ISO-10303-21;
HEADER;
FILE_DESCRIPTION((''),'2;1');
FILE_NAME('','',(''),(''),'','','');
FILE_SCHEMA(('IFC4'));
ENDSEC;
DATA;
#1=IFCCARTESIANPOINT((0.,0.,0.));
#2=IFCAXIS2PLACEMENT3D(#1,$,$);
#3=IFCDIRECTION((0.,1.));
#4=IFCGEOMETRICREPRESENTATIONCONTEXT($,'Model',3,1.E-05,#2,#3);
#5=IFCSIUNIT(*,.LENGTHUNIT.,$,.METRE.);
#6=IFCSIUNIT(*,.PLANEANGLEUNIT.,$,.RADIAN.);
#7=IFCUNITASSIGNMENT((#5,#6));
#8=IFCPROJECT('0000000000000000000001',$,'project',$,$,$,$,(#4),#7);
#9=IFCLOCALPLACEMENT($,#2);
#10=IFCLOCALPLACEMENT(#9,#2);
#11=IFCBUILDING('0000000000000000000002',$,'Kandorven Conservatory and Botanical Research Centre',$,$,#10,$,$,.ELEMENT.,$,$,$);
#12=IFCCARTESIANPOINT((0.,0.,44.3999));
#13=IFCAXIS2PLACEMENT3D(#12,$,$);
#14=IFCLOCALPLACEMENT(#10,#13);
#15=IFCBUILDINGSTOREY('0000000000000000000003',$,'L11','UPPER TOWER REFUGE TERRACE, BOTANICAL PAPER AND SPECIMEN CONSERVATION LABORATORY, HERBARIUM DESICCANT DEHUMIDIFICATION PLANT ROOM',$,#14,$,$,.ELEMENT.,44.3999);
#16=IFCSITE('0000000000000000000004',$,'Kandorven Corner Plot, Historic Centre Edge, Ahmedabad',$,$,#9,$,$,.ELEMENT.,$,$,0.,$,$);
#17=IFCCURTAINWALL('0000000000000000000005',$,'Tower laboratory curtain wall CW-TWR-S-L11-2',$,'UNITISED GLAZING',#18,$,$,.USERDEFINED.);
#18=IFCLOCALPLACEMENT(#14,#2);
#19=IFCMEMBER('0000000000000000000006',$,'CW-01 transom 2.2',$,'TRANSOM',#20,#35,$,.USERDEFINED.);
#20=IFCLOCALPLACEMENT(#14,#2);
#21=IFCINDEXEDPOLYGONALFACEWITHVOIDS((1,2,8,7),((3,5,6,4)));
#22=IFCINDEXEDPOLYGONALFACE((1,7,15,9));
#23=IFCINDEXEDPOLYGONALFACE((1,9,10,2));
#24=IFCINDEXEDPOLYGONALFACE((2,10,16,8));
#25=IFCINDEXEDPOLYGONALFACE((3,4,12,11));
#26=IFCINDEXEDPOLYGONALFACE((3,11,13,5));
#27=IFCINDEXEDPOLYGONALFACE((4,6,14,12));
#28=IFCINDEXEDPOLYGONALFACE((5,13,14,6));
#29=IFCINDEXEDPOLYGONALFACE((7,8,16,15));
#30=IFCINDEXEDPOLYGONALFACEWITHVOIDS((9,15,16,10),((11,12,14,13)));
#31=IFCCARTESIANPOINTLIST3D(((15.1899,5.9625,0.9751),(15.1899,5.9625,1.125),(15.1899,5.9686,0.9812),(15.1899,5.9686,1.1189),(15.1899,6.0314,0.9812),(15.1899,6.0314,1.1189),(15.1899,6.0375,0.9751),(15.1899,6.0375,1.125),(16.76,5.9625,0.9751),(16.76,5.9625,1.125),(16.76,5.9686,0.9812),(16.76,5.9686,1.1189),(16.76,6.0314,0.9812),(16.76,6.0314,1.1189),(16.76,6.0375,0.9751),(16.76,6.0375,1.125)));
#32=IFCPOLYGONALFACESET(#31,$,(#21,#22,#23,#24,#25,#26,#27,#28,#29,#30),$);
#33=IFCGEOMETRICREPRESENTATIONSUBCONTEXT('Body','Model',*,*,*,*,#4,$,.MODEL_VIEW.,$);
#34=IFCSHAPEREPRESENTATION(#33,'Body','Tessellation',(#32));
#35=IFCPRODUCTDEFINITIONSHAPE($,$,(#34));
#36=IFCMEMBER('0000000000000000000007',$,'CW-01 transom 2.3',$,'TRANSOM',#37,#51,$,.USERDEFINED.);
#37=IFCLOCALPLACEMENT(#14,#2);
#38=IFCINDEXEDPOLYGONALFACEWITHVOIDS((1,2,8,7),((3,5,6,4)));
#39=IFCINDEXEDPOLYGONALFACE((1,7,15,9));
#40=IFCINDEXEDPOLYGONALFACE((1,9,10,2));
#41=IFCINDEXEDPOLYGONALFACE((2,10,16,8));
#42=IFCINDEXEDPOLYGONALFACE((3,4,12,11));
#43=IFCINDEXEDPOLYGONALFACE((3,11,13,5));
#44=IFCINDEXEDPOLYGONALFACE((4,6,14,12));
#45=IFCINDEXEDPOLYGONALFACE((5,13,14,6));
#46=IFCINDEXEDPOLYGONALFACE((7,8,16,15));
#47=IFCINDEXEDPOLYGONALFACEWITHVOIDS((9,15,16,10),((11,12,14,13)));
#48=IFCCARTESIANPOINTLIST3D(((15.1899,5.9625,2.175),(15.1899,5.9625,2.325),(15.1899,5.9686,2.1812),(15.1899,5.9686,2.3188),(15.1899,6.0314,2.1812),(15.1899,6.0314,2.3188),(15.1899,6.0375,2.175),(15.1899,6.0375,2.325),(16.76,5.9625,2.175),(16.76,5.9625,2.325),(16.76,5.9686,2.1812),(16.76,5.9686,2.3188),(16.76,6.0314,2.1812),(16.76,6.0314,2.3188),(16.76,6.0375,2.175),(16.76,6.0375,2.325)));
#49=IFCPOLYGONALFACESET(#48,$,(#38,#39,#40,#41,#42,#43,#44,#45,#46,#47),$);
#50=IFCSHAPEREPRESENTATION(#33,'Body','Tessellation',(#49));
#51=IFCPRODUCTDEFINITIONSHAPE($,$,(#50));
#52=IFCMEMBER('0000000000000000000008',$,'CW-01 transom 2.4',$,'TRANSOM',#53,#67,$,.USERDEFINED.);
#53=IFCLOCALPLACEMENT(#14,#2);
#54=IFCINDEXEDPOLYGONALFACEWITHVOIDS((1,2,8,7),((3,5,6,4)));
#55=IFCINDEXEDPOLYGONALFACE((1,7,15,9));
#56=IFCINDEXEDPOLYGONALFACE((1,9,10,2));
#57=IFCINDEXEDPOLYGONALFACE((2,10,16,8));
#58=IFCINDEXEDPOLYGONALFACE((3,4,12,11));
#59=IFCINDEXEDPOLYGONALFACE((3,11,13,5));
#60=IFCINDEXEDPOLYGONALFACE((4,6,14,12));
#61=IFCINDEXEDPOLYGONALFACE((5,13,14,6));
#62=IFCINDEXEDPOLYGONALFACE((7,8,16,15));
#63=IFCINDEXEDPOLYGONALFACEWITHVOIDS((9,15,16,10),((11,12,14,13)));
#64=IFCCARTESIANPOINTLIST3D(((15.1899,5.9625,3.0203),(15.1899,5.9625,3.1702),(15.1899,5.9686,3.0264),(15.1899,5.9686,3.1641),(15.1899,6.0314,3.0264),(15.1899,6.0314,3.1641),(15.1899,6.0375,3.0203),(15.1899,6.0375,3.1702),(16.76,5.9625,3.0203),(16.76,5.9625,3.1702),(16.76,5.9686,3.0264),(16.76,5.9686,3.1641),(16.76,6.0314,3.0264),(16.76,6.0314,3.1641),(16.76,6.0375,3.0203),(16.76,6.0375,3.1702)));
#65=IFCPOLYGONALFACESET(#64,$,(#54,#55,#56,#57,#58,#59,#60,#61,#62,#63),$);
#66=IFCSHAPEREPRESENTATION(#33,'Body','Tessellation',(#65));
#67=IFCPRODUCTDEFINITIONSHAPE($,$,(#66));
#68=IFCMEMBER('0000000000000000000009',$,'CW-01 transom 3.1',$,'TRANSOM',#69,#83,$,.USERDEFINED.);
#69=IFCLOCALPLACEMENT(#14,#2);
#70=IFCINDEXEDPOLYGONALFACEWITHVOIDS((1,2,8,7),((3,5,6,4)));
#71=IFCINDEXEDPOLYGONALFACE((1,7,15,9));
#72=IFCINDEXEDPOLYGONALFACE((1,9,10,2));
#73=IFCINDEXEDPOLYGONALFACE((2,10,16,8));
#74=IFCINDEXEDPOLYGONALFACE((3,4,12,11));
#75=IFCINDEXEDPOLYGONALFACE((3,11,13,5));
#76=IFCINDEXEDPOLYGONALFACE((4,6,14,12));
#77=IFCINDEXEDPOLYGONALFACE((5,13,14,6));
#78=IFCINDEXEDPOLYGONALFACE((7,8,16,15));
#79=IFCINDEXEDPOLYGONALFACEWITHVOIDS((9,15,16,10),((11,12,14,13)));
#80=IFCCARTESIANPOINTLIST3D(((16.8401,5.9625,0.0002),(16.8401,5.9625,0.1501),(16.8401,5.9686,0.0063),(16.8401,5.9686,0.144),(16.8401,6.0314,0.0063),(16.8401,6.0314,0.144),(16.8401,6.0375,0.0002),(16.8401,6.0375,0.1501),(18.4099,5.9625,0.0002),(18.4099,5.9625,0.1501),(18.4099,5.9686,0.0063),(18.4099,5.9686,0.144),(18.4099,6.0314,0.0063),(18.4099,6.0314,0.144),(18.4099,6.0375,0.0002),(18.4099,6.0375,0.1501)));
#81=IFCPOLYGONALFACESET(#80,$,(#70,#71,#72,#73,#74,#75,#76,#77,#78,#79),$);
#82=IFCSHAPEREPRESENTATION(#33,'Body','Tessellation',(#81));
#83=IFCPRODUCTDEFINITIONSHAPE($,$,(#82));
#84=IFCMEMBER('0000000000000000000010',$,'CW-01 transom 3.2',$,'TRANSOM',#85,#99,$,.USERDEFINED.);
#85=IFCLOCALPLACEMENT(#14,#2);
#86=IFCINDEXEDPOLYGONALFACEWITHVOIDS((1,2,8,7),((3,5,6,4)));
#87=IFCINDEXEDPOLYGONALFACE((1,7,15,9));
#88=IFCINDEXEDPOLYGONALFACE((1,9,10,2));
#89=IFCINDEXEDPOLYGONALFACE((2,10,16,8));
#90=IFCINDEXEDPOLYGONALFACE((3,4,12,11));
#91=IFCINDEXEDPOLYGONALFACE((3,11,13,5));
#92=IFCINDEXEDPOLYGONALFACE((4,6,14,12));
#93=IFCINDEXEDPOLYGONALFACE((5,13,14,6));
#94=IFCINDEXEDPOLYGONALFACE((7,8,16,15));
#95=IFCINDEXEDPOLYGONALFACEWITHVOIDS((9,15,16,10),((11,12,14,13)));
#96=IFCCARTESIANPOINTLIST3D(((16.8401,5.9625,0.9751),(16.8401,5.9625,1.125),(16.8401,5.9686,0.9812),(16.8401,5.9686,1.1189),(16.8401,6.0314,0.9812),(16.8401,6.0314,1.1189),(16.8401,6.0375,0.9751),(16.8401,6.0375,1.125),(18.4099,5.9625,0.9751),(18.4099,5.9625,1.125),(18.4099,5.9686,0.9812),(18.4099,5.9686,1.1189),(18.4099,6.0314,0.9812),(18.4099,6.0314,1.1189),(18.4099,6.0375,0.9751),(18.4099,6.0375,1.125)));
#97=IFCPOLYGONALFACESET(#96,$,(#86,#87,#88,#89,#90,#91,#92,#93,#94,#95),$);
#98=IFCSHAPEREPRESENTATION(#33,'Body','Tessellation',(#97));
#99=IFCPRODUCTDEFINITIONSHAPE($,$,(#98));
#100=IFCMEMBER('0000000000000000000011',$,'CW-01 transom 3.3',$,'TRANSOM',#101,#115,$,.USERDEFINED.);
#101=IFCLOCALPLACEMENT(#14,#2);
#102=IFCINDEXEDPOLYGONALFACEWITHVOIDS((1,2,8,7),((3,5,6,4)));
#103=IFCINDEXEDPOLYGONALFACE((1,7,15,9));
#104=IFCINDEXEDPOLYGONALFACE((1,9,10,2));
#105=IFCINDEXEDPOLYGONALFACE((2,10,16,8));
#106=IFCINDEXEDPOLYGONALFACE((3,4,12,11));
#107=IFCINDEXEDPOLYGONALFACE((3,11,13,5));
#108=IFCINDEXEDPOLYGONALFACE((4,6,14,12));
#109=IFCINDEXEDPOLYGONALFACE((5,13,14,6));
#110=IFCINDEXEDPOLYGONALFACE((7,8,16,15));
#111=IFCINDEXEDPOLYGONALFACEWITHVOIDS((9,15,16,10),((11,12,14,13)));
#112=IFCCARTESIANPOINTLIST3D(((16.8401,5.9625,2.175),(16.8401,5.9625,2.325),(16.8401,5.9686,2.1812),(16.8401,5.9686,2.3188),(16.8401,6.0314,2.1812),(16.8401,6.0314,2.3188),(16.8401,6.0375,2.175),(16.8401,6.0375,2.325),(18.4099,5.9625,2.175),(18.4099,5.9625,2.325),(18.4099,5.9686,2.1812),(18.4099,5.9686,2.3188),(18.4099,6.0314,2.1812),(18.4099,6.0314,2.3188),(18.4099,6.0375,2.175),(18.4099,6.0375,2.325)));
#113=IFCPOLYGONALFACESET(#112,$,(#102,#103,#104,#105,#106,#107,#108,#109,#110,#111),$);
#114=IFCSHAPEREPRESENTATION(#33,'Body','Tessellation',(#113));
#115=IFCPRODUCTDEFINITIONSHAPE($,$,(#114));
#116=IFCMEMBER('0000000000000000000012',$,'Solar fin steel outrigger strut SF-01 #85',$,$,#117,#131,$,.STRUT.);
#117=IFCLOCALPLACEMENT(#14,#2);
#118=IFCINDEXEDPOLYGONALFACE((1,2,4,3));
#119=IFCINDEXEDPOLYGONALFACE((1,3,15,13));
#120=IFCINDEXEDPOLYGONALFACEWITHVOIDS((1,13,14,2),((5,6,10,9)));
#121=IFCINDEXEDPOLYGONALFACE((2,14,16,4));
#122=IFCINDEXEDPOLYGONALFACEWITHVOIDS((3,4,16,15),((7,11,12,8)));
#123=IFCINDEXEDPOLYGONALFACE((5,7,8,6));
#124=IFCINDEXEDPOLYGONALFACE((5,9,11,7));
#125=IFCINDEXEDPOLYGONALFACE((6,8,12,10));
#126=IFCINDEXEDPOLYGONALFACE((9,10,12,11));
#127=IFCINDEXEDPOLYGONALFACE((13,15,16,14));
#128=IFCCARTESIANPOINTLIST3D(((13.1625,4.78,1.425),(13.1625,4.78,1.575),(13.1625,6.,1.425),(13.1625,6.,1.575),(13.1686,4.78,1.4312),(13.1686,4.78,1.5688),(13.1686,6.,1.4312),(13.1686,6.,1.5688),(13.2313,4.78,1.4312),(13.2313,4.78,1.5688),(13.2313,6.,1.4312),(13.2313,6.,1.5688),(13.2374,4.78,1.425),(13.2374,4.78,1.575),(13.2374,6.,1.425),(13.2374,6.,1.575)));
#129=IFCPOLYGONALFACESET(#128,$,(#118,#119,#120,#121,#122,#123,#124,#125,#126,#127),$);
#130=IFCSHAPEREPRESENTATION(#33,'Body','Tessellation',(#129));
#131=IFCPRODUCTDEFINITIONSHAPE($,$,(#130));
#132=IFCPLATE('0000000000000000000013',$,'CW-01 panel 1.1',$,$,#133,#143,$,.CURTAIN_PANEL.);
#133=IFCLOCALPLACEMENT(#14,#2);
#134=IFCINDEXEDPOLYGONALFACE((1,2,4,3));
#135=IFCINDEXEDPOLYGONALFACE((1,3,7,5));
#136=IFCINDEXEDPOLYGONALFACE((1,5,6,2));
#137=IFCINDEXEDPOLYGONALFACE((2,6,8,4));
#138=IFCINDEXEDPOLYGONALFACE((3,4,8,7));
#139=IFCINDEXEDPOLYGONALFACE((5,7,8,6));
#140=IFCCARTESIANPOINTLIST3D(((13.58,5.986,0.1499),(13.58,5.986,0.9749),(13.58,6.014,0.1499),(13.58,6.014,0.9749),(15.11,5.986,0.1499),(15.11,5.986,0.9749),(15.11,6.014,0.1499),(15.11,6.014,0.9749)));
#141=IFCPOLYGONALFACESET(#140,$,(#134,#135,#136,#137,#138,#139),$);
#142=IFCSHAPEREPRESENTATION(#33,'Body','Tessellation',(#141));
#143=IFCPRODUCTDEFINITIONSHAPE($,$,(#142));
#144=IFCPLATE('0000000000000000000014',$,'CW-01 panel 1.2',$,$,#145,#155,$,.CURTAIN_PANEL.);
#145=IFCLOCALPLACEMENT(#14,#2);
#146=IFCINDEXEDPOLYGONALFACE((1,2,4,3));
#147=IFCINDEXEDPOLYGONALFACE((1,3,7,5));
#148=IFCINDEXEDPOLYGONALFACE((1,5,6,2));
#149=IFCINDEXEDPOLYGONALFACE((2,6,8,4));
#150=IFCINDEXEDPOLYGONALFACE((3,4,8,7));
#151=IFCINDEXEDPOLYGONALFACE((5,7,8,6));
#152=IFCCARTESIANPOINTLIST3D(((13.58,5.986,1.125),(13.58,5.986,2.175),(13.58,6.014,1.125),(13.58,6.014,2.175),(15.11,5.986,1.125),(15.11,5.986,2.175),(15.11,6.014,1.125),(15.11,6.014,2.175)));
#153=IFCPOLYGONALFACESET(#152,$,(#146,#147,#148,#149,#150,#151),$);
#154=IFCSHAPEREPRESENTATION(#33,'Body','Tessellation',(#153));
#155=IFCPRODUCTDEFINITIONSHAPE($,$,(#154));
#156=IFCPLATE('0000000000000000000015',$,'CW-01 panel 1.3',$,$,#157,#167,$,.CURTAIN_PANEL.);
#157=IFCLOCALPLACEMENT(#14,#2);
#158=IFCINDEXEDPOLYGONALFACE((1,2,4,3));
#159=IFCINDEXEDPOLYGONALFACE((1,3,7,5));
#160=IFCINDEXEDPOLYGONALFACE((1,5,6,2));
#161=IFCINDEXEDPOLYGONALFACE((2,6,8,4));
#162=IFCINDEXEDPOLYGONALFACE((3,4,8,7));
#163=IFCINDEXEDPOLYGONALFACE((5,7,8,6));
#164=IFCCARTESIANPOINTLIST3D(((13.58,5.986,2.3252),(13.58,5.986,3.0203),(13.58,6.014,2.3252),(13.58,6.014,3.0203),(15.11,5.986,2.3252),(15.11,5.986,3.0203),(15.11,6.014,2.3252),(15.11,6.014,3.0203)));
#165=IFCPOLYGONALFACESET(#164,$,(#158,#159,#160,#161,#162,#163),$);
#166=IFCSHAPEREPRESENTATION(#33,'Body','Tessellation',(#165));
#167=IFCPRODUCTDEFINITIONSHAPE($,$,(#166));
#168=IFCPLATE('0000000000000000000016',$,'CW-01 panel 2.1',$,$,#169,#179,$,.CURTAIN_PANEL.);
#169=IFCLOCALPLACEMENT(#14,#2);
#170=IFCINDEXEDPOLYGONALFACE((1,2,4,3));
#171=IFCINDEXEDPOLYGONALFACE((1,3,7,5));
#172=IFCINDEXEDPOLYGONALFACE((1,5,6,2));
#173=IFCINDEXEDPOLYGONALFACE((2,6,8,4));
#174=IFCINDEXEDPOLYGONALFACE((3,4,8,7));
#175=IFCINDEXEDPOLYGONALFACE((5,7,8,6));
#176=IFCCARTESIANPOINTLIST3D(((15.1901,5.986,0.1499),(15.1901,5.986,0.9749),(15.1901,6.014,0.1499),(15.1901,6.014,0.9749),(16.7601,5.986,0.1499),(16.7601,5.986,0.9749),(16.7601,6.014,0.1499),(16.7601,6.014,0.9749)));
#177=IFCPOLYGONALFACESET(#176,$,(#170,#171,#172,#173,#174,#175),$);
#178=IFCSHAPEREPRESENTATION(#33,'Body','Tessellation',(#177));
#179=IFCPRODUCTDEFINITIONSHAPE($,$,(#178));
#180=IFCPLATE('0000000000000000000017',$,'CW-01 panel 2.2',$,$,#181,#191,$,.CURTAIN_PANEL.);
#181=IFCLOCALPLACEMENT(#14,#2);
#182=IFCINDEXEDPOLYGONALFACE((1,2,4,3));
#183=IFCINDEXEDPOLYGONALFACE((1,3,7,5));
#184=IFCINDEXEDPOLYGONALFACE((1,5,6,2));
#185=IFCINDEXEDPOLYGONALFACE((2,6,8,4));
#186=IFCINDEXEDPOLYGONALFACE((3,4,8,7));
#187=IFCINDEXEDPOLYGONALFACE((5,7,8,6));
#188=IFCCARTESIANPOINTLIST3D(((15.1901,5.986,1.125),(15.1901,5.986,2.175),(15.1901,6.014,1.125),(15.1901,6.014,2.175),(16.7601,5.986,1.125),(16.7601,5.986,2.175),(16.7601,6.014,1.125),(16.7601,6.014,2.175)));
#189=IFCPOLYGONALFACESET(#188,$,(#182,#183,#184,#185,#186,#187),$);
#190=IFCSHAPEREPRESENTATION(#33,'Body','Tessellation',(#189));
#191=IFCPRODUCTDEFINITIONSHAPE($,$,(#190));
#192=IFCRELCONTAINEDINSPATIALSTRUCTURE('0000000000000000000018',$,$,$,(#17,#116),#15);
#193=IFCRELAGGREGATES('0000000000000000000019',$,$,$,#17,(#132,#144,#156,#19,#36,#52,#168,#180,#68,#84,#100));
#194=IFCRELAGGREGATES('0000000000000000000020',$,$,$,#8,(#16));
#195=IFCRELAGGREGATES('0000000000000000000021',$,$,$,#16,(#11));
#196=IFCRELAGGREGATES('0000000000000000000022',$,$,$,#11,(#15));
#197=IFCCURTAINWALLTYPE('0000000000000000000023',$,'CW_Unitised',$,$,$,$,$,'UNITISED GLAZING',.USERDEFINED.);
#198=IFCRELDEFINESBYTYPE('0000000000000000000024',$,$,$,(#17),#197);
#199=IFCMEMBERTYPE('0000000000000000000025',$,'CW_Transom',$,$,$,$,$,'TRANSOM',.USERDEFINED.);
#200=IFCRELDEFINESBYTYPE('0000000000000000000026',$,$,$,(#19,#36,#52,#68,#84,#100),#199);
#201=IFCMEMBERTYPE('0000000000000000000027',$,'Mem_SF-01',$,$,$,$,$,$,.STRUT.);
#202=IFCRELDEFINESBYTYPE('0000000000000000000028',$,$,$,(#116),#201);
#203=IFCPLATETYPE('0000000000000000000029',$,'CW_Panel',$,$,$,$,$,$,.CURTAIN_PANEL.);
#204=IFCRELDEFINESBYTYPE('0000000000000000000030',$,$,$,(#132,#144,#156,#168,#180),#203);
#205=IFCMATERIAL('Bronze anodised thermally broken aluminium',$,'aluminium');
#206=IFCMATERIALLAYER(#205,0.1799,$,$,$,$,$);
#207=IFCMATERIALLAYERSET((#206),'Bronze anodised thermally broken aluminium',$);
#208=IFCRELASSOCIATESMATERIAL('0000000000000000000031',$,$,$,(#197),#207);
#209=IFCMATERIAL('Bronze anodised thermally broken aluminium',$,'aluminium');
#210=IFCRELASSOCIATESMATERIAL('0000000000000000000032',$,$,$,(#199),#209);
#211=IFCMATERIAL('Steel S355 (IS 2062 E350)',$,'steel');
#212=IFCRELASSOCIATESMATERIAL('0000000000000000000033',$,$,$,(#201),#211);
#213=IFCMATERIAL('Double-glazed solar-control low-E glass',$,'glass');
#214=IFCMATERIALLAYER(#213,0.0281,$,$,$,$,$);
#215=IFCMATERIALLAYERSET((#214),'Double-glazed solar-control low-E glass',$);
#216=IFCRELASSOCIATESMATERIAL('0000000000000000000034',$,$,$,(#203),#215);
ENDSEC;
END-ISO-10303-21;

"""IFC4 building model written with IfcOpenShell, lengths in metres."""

from ifc_helpers import new_model, si_unit, direction, frame, origin, origin_2d, place, context, subcontext, project, spatial, rectangle, hollow_rectangle, extrude, material, layer, layer_set, material_profile, profile_set, type_object, element, aggregate, save


model = new_model("IFC4")

# Units and contexts
model_context = context("Model", 3, precision=1e-05, world=origin(), true_north=direction((0.0, 1.0)))
body_context = subcontext(model_context, "Body", "Model", "MODEL_VIEW")
ifc_project = project(units=[si_unit("LENGTHUNIT", "METRE"), si_unit("PLANEANGLEUNIT", "RADIAN")], contexts=[model_context])

# Site, building, storey
site_placement = place(None, origin())
site = spatial("IfcSite", under=ifc_project, at=site_placement, Name="Kandorven Corner Plot, Historic Centre Edge, Ahmedabad", CompositionType="ELEMENT", RefElevation=0.0)
building_placement = place(site_placement, origin())
building = spatial("IfcBuilding", under=site, at=building_placement, Name="Kandorven Conservatory and Botanical Research Centre", CompositionType="ELEMENT")
storey_placement = place(building_placement, frame((0.0, 0.0, 44.3999)))
storey = spatial("IfcBuildingStorey", under=building, at=storey_placement, Name="L11", Description="UPPER TOWER REFUGE TERRACE, BOTANICAL PAPER AND SPECIMEN CONSERVATION LABORATORY, HERBARIUM DESICCANT DEHUMIDIFICATION PLANT ROOM", CompositionType="ELEMENT", Elevation=44.3999)

# Curtain wall, members
ifc_material_1 = material(Name="Bronze anodised thermally broken aluminium", Category="aluminium")
ifc_layer_1 = layer(ifc_material_1, 0.1799)
ifc_layer_set_1 = layer_set([ifc_layer_1], Name="Bronze anodised thermally broken aluminium")
curtain_wall_type = type_object("IfcCurtainWallType", Name="CW_Unitised", ElementType="UNITISED GLAZING", PredefinedType="USERDEFINED", material=ifc_layer_set_1)
curtain_wall_placement = place(storey_placement, origin())
curtain_wall = element("IfcCurtainWall", 1, at=curtain_wall_placement, inside=storey, type_object=curtain_wall_type, Name="Tower laboratory curtain wall CW-TWR-S-L11-2", ObjectType="UNITISED GLAZING", PredefinedType="USERDEFINED")
ifc_material_2 = material(Name="Bronze anodised thermally broken aluminium", Category="aluminium")
ifc_material_profile_1 = material_profile(ifc_material_2, hollow_rectangle(XDim=0.075, YDim=0.1499, WallThickness=0.0061, at=origin_2d()))
ifc_profile_set_1 = profile_set([ifc_material_profile_1], Name="Bronze anodised thermally broken aluminium")
member_type_1 = type_object("IfcMemberType", Name="CW_Transom", ElementType="TRANSOM", PredefinedType="USERDEFINED", material=ifc_profile_set_1)
member_1_placement = place(storey_placement, frame((15.1899, 6.0, 1.05), z_axis=(1.0, 0.0, 0.0), x_axis=(0.0, 1.0, 0.0)))
member_1 = element("IfcMember", 2, at=member_1_placement, type_object=member_type_1, Name="CW-01 transom 2.2", ObjectType="TRANSOM", PredefinedType="USERDEFINED", context=body_context, shape_type="SweptSolid", body=[
    extrude(hollow_rectangle(XDim=0.075, YDim=0.1499, WallThickness=0.0061, at=origin_2d()), origin(), (0.0, 0.0, 1.0), 1.5701),
])
member_2_placement = place(storey_placement, frame((15.1899, 6.0, 2.25), z_axis=(1.0, 0.0, 0.0), x_axis=(0.0, 1.0, 0.0)))
member_2 = element("IfcMember", 3, at=member_2_placement, type_object=member_type_1, Name="CW-01 transom 2.3", ObjectType="TRANSOM", PredefinedType="USERDEFINED", context=body_context, shape_type="SweptSolid", body=[
    extrude(hollow_rectangle(XDim=0.075, YDim=0.1499, WallThickness=0.0061, at=origin_2d()), origin(), (0.0, 0.0, 1.0), 1.5701),
])
member_3_placement = place(storey_placement, frame((15.1899, 6.0, 3.0952), z_axis=(1.0, 0.0, 0.0), x_axis=(0.0, 1.0, 0.0)))
member_3 = element("IfcMember", 4, at=member_3_placement, type_object=member_type_1, Name="CW-01 transom 2.4", ObjectType="TRANSOM", PredefinedType="USERDEFINED", context=body_context, shape_type="SweptSolid", body=[
    extrude(hollow_rectangle(XDim=0.075, YDim=0.1499, WallThickness=0.0061, at=origin_2d()), origin(), (0.0, 0.0, 1.0), 1.5701),
])
member_4_placement = place(storey_placement, frame((16.8401, 6.0, 0.0752), z_axis=(1.0, 0.0, 0.0), x_axis=(0.0, 1.0, 0.0)))
member_4 = element("IfcMember", 5, at=member_4_placement, type_object=member_type_1, Name="CW-01 transom 3.1", ObjectType="TRANSOM", PredefinedType="USERDEFINED", context=body_context, shape_type="SweptSolid", body=[
    extrude(hollow_rectangle(XDim=0.075, YDim=0.1499, WallThickness=0.0061, at=origin_2d()), origin(), (0.0, 0.0, 1.0), 1.5698),
])
member_5_placement = place(storey_placement, frame((16.8401, 6.0, 1.05), z_axis=(1.0, 0.0, 0.0), x_axis=(0.0, 1.0, 0.0)))
member_5 = element("IfcMember", 6, at=member_5_placement, type_object=member_type_1, Name="CW-01 transom 3.2", ObjectType="TRANSOM", PredefinedType="USERDEFINED", context=body_context, shape_type="SweptSolid", body=[
    extrude(hollow_rectangle(XDim=0.075, YDim=0.1499, WallThickness=0.0061, at=origin_2d()), origin(), (0.0, 0.0, 1.0), 1.5698),
])
member_6_placement = place(storey_placement, frame((16.8401, 6.0, 2.25), z_axis=(1.0, 0.0, 0.0), x_axis=(0.0, 1.0, 0.0)))
member_6 = element("IfcMember", 7, at=member_6_placement, type_object=member_type_1, Name="CW-01 transom 3.3", ObjectType="TRANSOM", PredefinedType="USERDEFINED", context=body_context, shape_type="SweptSolid", body=[
    extrude(hollow_rectangle(XDim=0.075, YDim=0.1499, WallThickness=0.0061, at=origin_2d()), origin(), (0.0, 0.0, 1.0), 1.5698),
])

# Member
ifc_material_3 = material(Name="Steel S355 (IS 2062 E350)", Category="steel")
ifc_material_profile_2 = material_profile(ifc_material_3, hollow_rectangle(XDim=0.075, YDim=0.1499, WallThickness=0.0061, at=origin_2d()))
ifc_profile_set_2 = profile_set([ifc_material_profile_2], Name="Steel S355 (IS 2062 E350)")
member_type_2 = type_object("IfcMemberType", Name="Mem_SF-01", PredefinedType="STRUT", material=ifc_profile_set_2)
member_7_placement = place(storey_placement, frame((13.2, 6.0, 1.5), z_axis=(0.0, -1.0, 0.0), x_axis=(1.0, 0.0, 0.0)))
element("IfcMember", 8, at=member_7_placement, inside=storey, type_object=member_type_2, Name="Solar fin steel outrigger strut SF-01 #85", PredefinedType="STRUT", context=body_context, shape_type="SweptSolid", body=[
    extrude(hollow_rectangle(XDim=0.075, YDim=0.1499, WallThickness=0.0061, at=origin_2d()), origin(), (0.0, 0.0, 1.0), 1.22),
])

# Plates
ifc_material_4 = material(Name="Double-glazed solar-control low-E glass", Category="glass")
ifc_layer_2 = layer(ifc_material_4, 0.0281)
ifc_layer_set_2 = layer_set([ifc_layer_2], Name="Double-glazed solar-control low-E glass")
plate_type_1 = type_object("IfcPlateType", Name="CW_Panel", PredefinedType="CURTAIN_PANEL", material=ifc_layer_set_2)
plate_1_placement = place(storey_placement, frame((14.345, 6.0, 0.1499), z_axis=(0.0, 0.0, 1.0), x_axis=(1.0, 0.0, 0.0)))
plate_1 = element("IfcPlate", 9, at=plate_1_placement, type_object=plate_type_1, Name="CW-01 panel 1.1", PredefinedType="CURTAIN_PANEL", context=body_context, shape_type="SweptSolid", body=[
    extrude(rectangle(XDim=1.53, YDim=0.0281, at=origin_2d()), origin(), (0.0, 0.0, 1.0), 0.825),
])
plate_2_placement = place(storey_placement, frame((14.345, 6.0, 1.125), z_axis=(0.0, 0.0, 1.0), x_axis=(1.0, 0.0, 0.0)))
plate_2 = element("IfcPlate", 10, at=plate_2_placement, type_object=plate_type_1, Name="CW-01 panel 1.2", PredefinedType="CURTAIN_PANEL", context=body_context, shape_type="SweptSolid", body=[
    extrude(rectangle(XDim=1.53, YDim=0.0281, at=origin_2d()), origin(), (0.0, 0.0, 1.0), 1.05),
])
plate_3_placement = place(storey_placement, frame((14.345, 6.0, 2.3252), z_axis=(0.0, 0.0, 1.0), x_axis=(1.0, 0.0, 0.0)))
plate_3 = element("IfcPlate", 11, at=plate_3_placement, type_object=plate_type_1, Name="CW-01 panel 1.3", PredefinedType="CURTAIN_PANEL", context=body_context, shape_type="SweptSolid", body=[
    extrude(rectangle(XDim=1.53, YDim=0.0281, at=origin_2d()), origin(), (0.0, 0.0, 1.0), 0.6951),
])
plate_4_placement = place(storey_placement, frame((15.9751, 6.0, 0.1499), z_axis=(0.0, 0.0, 1.0), x_axis=(1.0, 0.0, 0.0)))
plate_4 = element("IfcPlate", 12, at=plate_4_placement, type_object=plate_type_1, Name="CW-01 panel 2.1", PredefinedType="CURTAIN_PANEL", context=body_context, shape_type="SweptSolid", body=[
    extrude(rectangle(XDim=1.5701, YDim=0.0281, at=origin_2d()), origin(), (0.0, 0.0, 1.0), 0.825),
])
plate_5_placement = place(storey_placement, frame((15.9751, 6.0, 1.125), z_axis=(0.0, 0.0, 1.0), x_axis=(1.0, 0.0, 0.0)))
plate_5 = element("IfcPlate", 13, at=plate_5_placement, type_object=plate_type_1, Name="CW-01 panel 2.2", PredefinedType="CURTAIN_PANEL", context=body_context, shape_type="SweptSolid", body=[
    extrude(rectangle(XDim=1.5701, YDim=0.0281, at=origin_2d()), origin(), (0.0, 0.0, 1.0), 1.05),
])
aggregate(curtain_wall, [plate_1, plate_2, plate_3, member_1, member_2, member_3, plate_4, plate_5, member_4, member_5, member_6])

save(model, "model.ifc")
